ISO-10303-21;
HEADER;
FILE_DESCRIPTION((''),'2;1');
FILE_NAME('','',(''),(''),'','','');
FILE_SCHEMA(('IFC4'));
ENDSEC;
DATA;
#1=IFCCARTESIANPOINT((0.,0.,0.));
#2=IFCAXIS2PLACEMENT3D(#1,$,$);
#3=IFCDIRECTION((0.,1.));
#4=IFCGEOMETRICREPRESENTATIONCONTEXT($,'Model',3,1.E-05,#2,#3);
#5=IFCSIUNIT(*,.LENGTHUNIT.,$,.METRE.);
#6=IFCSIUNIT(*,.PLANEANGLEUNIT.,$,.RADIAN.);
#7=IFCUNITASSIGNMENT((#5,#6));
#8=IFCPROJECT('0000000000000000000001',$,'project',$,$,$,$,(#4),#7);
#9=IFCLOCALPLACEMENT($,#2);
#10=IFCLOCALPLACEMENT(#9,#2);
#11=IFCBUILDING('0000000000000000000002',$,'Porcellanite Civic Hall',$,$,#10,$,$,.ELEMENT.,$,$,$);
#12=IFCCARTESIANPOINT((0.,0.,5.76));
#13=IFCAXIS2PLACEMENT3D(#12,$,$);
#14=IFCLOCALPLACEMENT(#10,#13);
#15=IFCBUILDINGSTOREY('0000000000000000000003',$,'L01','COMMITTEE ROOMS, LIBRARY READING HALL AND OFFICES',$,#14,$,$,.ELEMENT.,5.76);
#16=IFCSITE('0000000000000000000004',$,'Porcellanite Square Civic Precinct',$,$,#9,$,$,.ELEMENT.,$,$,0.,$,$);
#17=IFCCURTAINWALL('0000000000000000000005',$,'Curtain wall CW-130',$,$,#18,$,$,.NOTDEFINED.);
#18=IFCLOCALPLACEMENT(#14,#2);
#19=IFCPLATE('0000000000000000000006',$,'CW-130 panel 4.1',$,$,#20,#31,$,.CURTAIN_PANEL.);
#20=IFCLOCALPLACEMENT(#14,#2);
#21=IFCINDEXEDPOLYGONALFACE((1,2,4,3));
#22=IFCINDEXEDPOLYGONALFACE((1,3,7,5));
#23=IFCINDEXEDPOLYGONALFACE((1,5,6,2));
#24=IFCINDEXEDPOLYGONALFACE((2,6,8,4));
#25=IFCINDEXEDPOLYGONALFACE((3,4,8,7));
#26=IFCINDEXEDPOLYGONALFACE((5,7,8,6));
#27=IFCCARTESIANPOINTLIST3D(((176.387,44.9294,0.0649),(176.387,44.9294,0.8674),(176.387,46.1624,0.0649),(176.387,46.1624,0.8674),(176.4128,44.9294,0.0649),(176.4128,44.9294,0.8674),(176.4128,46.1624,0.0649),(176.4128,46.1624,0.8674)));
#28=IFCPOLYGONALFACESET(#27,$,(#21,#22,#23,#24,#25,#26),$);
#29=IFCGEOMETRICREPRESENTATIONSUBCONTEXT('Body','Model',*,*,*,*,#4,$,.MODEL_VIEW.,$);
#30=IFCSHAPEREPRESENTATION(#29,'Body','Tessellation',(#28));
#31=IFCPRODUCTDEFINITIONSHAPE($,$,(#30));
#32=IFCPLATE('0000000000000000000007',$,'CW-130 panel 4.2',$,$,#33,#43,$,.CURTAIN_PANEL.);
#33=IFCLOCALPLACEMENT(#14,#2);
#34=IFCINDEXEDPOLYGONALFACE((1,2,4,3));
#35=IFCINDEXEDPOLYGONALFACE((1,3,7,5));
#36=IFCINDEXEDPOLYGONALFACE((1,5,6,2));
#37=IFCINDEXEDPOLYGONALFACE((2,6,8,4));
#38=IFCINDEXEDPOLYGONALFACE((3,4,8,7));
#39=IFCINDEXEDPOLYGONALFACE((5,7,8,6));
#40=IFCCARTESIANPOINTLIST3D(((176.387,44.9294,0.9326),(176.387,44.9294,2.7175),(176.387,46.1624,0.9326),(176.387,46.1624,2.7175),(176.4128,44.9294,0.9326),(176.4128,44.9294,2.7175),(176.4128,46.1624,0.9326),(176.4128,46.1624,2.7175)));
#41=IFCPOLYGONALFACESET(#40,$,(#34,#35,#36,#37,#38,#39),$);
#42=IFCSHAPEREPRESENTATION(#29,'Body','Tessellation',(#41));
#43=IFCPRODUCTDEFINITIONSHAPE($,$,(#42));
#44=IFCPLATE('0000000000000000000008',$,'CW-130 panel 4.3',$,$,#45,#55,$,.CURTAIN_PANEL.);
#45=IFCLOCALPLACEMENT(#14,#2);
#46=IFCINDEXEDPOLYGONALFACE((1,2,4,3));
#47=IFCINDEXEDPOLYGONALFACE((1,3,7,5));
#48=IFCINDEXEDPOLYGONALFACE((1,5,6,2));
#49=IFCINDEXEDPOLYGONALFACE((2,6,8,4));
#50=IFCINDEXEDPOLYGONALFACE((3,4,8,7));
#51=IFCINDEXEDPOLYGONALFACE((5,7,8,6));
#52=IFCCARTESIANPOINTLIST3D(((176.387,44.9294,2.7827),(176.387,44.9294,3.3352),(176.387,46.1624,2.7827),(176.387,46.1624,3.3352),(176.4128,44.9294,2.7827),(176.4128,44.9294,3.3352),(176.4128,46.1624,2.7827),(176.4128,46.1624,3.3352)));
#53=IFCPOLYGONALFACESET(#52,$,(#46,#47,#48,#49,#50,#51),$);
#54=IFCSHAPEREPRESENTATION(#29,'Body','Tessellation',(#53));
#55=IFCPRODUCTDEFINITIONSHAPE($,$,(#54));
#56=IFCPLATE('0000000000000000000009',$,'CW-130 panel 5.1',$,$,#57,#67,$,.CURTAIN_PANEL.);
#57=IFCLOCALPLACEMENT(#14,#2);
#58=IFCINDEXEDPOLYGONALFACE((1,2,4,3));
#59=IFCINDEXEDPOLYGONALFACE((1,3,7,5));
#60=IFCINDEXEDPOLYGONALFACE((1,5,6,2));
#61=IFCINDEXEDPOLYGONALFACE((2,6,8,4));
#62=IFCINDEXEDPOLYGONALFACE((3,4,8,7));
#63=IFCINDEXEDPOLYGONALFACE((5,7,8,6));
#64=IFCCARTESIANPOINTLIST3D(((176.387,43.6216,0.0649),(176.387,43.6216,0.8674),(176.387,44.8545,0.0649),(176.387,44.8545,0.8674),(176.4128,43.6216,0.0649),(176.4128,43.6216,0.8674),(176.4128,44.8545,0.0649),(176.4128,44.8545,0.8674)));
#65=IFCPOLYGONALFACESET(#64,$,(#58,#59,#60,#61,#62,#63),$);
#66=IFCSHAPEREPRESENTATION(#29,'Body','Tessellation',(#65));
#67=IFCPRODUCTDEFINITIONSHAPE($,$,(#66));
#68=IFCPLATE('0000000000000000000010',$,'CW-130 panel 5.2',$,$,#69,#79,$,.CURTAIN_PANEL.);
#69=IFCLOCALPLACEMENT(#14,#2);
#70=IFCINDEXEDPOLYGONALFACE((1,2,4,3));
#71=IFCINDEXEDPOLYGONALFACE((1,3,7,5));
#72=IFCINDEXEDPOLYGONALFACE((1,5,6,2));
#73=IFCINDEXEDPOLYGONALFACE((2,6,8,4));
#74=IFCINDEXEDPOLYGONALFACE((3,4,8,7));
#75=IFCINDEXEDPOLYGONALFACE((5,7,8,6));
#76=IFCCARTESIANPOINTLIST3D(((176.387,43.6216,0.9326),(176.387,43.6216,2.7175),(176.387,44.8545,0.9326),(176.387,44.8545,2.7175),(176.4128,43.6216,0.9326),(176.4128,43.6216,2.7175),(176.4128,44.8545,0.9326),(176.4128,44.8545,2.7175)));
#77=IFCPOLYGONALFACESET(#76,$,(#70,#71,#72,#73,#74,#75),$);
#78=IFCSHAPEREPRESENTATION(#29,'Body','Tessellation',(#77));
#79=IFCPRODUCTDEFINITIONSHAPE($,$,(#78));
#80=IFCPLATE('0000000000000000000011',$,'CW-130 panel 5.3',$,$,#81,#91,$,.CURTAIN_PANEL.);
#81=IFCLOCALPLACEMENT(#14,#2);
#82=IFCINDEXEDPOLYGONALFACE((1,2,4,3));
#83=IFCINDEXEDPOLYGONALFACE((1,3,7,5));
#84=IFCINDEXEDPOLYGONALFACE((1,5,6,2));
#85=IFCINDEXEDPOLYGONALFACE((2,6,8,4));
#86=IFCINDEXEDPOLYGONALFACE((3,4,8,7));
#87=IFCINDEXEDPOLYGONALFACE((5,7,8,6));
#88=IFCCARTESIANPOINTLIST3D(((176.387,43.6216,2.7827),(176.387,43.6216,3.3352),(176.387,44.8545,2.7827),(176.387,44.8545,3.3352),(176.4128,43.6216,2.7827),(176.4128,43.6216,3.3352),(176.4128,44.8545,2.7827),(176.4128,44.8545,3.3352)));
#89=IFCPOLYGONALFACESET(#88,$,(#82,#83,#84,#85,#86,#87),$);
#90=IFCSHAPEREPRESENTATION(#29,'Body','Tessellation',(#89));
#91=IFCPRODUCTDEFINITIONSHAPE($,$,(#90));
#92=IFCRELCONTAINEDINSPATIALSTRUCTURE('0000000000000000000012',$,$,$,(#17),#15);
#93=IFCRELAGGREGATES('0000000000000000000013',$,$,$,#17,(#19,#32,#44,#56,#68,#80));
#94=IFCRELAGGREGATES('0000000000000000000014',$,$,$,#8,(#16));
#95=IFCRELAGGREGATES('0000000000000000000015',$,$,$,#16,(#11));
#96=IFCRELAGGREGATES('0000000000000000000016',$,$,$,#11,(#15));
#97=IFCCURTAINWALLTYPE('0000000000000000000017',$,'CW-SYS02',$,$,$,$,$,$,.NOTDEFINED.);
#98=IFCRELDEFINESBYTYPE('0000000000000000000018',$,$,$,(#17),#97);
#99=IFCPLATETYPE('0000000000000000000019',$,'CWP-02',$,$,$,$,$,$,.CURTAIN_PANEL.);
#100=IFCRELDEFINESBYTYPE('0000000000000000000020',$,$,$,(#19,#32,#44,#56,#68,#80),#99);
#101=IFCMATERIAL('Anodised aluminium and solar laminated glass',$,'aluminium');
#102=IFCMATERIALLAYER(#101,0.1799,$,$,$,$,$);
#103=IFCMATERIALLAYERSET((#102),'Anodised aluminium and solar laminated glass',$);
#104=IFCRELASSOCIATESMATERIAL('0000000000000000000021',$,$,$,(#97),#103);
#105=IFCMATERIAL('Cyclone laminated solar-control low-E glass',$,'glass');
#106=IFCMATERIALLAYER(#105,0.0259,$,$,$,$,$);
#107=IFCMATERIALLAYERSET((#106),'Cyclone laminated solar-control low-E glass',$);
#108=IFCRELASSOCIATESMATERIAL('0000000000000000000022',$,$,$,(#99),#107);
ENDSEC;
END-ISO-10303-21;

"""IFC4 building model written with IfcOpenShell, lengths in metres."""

from ifc_helpers import new_model, si_unit, direction, frame, origin, origin_2d, place, context, subcontext, project, spatial, rectangle, extrude, material, layer, layer_set, type_object, element, aggregate, save


model = new_model("IFC4")

# Units and contexts
model_context = context("Model", 3, precision=1e-05, world=origin(), true_north=direction((0.0, 1.0)))
body_context = subcontext(model_context, "Body", "Model", "MODEL_VIEW")
ifc_project = project(units=[si_unit("LENGTHUNIT", "METRE"), si_unit("PLANEANGLEUNIT", "RADIAN")], contexts=[model_context])

# Site, building, storey
site_placement = place(None, origin())
site = spatial("IfcSite", under=ifc_project, at=site_placement, Name="Porcellanite Square Civic Precinct", CompositionType="ELEMENT", RefElevation=0.0)
building_placement = place(site_placement, origin())
building = spatial("IfcBuilding", under=site, at=building_placement, Name="Porcellanite Civic Hall", CompositionType="ELEMENT")
storey_placement = place(building_placement, frame((0.0, 0.0, 5.76)))
storey = spatial("IfcBuildingStorey", under=building, at=storey_placement, Name="L01", Description="COMMITTEE ROOMS, LIBRARY READING HALL AND OFFICES", CompositionType="ELEMENT", Elevation=5.76)

# Curtain wall, plates
ifc_material_1 = material(Name="Anodised aluminium and solar laminated glass", Category="aluminium")
ifc_layer_1 = layer(ifc_material_1, 0.1799)
ifc_layer_set_1 = layer_set([ifc_layer_1], Name="Anodised aluminium and solar laminated glass")
curtain_wall_type = type_object("IfcCurtainWallType", Name="CW-SYS02", PredefinedType="NOTDEFINED", material=ifc_layer_set_1)
curtain_wall_placement = place(storey_placement, origin())
curtain_wall = element("IfcCurtainWall", 1, at=curtain_wall_placement, inside=storey, type_object=curtain_wall_type, Name="Curtain wall CW-130", PredefinedType="NOTDEFINED")
ifc_material_2 = material(Name="Cyclone laminated solar-control low-E glass", Category="glass")
ifc_layer_2 = layer(ifc_material_2, 0.0259)
ifc_layer_set_2 = layer_set([ifc_layer_2], Name="Cyclone laminated solar-control low-E glass")
plate_type = type_object("IfcPlateType", Name="CWP-02", PredefinedType="CURTAIN_PANEL", material=ifc_layer_set_2)
plate_1_placement = place(storey_placement, frame((176.3999, 45.5459, 0.0649), z_axis=(0.0, 0.0, 1.0), x_axis=(0.0, -1.0, 0.0)))
plate_1 = element("IfcPlate", 2, at=plate_1_placement, type_object=plate_type, Name="CW-130 panel 4.1", PredefinedType="CURTAIN_PANEL", context=body_context, shape_type="SweptSolid", body=[
    extrude(rectangle(XDim=1.2329, YDim=0.0259, at=origin_2d()), origin(), (0.0, 0.0, 1.0), 0.8025),
])
plate_2_placement = place(storey_placement, frame((176.3999, 45.5459, 0.9326), z_axis=(0.0, 0.0, 1.0), x_axis=(0.0, -1.0, 0.0)))
plate_2 = element("IfcPlate", 3, at=plate_2_placement, type_object=plate_type, Name="CW-130 panel 4.2", PredefinedType="CURTAIN_PANEL", context=body_context, shape_type="SweptSolid", body=[
    extrude(rectangle(XDim=1.2329, YDim=0.0259, at=origin_2d()), origin(), (0.0, 0.0, 1.0), 1.7849),
])
plate_3_placement = place(storey_placement, frame((176.3999, 45.5459, 2.7827), z_axis=(0.0, 0.0, 1.0), x_axis=(0.0, -1.0, 0.0)))
plate_3 = element("IfcPlate", 4, at=plate_3_placement, type_object=plate_type, Name="CW-130 panel 4.3", PredefinedType="CURTAIN_PANEL", context=body_context, shape_type="SweptSolid", body=[
    extrude(rectangle(XDim=1.2329, YDim=0.0259, at=origin_2d()), origin(), (0.0, 0.0, 1.0), 0.5525),
])
plate_4_placement = place(storey_placement, frame((176.3999, 44.238, 0.0649), z_axis=(0.0, 0.0, 1.0), x_axis=(0.0, -1.0, 0.0)))
plate_4 = element("IfcPlate", 5, at=plate_4_placement, type_object=plate_type, Name="CW-130 panel 5.1", PredefinedType="CURTAIN_PANEL", context=body_context, shape_type="SweptSolid", body=[
    extrude(rectangle(XDim=1.2329, YDim=0.0259, at=origin_2d()), origin(), (0.0, 0.0, 1.0), 0.8025),
])
plate_5_placement = place(storey_placement, frame((176.3999, 44.238, 0.9326), z_axis=(0.0, 0.0, 1.0), x_axis=(0.0, -1.0, 0.0)))
plate_5 = element("IfcPlate", 6, at=plate_5_placement, type_object=plate_type, Name="CW-130 panel 5.2", PredefinedType="CURTAIN_PANEL", context=body_context, shape_type="SweptSolid", body=[
    extrude(rectangle(XDim=1.2329, YDim=0.0259, at=origin_2d()), origin(), (0.0, 0.0, 1.0), 1.7849),
])
plate_6_placement = place(storey_placement, frame((176.3999, 44.238, 2.7827), z_axis=(0.0, 0.0, 1.0), x_axis=(0.0, -1.0, 0.0)))
plate_6 = element("IfcPlate", 7, at=plate_6_placement, type_object=plate_type, Name="CW-130 panel 5.3", PredefinedType="CURTAIN_PANEL", context=body_context, shape_type="SweptSolid", body=[
    extrude(rectangle(XDim=1.2329, YDim=0.0259, at=origin_2d()), origin(), (0.0, 0.0, 1.0), 0.5525),
])
aggregate(curtain_wall, [plate_1, plate_2, plate_3, plate_4, plate_5, plate_6])

save(model, "model.ifc")
